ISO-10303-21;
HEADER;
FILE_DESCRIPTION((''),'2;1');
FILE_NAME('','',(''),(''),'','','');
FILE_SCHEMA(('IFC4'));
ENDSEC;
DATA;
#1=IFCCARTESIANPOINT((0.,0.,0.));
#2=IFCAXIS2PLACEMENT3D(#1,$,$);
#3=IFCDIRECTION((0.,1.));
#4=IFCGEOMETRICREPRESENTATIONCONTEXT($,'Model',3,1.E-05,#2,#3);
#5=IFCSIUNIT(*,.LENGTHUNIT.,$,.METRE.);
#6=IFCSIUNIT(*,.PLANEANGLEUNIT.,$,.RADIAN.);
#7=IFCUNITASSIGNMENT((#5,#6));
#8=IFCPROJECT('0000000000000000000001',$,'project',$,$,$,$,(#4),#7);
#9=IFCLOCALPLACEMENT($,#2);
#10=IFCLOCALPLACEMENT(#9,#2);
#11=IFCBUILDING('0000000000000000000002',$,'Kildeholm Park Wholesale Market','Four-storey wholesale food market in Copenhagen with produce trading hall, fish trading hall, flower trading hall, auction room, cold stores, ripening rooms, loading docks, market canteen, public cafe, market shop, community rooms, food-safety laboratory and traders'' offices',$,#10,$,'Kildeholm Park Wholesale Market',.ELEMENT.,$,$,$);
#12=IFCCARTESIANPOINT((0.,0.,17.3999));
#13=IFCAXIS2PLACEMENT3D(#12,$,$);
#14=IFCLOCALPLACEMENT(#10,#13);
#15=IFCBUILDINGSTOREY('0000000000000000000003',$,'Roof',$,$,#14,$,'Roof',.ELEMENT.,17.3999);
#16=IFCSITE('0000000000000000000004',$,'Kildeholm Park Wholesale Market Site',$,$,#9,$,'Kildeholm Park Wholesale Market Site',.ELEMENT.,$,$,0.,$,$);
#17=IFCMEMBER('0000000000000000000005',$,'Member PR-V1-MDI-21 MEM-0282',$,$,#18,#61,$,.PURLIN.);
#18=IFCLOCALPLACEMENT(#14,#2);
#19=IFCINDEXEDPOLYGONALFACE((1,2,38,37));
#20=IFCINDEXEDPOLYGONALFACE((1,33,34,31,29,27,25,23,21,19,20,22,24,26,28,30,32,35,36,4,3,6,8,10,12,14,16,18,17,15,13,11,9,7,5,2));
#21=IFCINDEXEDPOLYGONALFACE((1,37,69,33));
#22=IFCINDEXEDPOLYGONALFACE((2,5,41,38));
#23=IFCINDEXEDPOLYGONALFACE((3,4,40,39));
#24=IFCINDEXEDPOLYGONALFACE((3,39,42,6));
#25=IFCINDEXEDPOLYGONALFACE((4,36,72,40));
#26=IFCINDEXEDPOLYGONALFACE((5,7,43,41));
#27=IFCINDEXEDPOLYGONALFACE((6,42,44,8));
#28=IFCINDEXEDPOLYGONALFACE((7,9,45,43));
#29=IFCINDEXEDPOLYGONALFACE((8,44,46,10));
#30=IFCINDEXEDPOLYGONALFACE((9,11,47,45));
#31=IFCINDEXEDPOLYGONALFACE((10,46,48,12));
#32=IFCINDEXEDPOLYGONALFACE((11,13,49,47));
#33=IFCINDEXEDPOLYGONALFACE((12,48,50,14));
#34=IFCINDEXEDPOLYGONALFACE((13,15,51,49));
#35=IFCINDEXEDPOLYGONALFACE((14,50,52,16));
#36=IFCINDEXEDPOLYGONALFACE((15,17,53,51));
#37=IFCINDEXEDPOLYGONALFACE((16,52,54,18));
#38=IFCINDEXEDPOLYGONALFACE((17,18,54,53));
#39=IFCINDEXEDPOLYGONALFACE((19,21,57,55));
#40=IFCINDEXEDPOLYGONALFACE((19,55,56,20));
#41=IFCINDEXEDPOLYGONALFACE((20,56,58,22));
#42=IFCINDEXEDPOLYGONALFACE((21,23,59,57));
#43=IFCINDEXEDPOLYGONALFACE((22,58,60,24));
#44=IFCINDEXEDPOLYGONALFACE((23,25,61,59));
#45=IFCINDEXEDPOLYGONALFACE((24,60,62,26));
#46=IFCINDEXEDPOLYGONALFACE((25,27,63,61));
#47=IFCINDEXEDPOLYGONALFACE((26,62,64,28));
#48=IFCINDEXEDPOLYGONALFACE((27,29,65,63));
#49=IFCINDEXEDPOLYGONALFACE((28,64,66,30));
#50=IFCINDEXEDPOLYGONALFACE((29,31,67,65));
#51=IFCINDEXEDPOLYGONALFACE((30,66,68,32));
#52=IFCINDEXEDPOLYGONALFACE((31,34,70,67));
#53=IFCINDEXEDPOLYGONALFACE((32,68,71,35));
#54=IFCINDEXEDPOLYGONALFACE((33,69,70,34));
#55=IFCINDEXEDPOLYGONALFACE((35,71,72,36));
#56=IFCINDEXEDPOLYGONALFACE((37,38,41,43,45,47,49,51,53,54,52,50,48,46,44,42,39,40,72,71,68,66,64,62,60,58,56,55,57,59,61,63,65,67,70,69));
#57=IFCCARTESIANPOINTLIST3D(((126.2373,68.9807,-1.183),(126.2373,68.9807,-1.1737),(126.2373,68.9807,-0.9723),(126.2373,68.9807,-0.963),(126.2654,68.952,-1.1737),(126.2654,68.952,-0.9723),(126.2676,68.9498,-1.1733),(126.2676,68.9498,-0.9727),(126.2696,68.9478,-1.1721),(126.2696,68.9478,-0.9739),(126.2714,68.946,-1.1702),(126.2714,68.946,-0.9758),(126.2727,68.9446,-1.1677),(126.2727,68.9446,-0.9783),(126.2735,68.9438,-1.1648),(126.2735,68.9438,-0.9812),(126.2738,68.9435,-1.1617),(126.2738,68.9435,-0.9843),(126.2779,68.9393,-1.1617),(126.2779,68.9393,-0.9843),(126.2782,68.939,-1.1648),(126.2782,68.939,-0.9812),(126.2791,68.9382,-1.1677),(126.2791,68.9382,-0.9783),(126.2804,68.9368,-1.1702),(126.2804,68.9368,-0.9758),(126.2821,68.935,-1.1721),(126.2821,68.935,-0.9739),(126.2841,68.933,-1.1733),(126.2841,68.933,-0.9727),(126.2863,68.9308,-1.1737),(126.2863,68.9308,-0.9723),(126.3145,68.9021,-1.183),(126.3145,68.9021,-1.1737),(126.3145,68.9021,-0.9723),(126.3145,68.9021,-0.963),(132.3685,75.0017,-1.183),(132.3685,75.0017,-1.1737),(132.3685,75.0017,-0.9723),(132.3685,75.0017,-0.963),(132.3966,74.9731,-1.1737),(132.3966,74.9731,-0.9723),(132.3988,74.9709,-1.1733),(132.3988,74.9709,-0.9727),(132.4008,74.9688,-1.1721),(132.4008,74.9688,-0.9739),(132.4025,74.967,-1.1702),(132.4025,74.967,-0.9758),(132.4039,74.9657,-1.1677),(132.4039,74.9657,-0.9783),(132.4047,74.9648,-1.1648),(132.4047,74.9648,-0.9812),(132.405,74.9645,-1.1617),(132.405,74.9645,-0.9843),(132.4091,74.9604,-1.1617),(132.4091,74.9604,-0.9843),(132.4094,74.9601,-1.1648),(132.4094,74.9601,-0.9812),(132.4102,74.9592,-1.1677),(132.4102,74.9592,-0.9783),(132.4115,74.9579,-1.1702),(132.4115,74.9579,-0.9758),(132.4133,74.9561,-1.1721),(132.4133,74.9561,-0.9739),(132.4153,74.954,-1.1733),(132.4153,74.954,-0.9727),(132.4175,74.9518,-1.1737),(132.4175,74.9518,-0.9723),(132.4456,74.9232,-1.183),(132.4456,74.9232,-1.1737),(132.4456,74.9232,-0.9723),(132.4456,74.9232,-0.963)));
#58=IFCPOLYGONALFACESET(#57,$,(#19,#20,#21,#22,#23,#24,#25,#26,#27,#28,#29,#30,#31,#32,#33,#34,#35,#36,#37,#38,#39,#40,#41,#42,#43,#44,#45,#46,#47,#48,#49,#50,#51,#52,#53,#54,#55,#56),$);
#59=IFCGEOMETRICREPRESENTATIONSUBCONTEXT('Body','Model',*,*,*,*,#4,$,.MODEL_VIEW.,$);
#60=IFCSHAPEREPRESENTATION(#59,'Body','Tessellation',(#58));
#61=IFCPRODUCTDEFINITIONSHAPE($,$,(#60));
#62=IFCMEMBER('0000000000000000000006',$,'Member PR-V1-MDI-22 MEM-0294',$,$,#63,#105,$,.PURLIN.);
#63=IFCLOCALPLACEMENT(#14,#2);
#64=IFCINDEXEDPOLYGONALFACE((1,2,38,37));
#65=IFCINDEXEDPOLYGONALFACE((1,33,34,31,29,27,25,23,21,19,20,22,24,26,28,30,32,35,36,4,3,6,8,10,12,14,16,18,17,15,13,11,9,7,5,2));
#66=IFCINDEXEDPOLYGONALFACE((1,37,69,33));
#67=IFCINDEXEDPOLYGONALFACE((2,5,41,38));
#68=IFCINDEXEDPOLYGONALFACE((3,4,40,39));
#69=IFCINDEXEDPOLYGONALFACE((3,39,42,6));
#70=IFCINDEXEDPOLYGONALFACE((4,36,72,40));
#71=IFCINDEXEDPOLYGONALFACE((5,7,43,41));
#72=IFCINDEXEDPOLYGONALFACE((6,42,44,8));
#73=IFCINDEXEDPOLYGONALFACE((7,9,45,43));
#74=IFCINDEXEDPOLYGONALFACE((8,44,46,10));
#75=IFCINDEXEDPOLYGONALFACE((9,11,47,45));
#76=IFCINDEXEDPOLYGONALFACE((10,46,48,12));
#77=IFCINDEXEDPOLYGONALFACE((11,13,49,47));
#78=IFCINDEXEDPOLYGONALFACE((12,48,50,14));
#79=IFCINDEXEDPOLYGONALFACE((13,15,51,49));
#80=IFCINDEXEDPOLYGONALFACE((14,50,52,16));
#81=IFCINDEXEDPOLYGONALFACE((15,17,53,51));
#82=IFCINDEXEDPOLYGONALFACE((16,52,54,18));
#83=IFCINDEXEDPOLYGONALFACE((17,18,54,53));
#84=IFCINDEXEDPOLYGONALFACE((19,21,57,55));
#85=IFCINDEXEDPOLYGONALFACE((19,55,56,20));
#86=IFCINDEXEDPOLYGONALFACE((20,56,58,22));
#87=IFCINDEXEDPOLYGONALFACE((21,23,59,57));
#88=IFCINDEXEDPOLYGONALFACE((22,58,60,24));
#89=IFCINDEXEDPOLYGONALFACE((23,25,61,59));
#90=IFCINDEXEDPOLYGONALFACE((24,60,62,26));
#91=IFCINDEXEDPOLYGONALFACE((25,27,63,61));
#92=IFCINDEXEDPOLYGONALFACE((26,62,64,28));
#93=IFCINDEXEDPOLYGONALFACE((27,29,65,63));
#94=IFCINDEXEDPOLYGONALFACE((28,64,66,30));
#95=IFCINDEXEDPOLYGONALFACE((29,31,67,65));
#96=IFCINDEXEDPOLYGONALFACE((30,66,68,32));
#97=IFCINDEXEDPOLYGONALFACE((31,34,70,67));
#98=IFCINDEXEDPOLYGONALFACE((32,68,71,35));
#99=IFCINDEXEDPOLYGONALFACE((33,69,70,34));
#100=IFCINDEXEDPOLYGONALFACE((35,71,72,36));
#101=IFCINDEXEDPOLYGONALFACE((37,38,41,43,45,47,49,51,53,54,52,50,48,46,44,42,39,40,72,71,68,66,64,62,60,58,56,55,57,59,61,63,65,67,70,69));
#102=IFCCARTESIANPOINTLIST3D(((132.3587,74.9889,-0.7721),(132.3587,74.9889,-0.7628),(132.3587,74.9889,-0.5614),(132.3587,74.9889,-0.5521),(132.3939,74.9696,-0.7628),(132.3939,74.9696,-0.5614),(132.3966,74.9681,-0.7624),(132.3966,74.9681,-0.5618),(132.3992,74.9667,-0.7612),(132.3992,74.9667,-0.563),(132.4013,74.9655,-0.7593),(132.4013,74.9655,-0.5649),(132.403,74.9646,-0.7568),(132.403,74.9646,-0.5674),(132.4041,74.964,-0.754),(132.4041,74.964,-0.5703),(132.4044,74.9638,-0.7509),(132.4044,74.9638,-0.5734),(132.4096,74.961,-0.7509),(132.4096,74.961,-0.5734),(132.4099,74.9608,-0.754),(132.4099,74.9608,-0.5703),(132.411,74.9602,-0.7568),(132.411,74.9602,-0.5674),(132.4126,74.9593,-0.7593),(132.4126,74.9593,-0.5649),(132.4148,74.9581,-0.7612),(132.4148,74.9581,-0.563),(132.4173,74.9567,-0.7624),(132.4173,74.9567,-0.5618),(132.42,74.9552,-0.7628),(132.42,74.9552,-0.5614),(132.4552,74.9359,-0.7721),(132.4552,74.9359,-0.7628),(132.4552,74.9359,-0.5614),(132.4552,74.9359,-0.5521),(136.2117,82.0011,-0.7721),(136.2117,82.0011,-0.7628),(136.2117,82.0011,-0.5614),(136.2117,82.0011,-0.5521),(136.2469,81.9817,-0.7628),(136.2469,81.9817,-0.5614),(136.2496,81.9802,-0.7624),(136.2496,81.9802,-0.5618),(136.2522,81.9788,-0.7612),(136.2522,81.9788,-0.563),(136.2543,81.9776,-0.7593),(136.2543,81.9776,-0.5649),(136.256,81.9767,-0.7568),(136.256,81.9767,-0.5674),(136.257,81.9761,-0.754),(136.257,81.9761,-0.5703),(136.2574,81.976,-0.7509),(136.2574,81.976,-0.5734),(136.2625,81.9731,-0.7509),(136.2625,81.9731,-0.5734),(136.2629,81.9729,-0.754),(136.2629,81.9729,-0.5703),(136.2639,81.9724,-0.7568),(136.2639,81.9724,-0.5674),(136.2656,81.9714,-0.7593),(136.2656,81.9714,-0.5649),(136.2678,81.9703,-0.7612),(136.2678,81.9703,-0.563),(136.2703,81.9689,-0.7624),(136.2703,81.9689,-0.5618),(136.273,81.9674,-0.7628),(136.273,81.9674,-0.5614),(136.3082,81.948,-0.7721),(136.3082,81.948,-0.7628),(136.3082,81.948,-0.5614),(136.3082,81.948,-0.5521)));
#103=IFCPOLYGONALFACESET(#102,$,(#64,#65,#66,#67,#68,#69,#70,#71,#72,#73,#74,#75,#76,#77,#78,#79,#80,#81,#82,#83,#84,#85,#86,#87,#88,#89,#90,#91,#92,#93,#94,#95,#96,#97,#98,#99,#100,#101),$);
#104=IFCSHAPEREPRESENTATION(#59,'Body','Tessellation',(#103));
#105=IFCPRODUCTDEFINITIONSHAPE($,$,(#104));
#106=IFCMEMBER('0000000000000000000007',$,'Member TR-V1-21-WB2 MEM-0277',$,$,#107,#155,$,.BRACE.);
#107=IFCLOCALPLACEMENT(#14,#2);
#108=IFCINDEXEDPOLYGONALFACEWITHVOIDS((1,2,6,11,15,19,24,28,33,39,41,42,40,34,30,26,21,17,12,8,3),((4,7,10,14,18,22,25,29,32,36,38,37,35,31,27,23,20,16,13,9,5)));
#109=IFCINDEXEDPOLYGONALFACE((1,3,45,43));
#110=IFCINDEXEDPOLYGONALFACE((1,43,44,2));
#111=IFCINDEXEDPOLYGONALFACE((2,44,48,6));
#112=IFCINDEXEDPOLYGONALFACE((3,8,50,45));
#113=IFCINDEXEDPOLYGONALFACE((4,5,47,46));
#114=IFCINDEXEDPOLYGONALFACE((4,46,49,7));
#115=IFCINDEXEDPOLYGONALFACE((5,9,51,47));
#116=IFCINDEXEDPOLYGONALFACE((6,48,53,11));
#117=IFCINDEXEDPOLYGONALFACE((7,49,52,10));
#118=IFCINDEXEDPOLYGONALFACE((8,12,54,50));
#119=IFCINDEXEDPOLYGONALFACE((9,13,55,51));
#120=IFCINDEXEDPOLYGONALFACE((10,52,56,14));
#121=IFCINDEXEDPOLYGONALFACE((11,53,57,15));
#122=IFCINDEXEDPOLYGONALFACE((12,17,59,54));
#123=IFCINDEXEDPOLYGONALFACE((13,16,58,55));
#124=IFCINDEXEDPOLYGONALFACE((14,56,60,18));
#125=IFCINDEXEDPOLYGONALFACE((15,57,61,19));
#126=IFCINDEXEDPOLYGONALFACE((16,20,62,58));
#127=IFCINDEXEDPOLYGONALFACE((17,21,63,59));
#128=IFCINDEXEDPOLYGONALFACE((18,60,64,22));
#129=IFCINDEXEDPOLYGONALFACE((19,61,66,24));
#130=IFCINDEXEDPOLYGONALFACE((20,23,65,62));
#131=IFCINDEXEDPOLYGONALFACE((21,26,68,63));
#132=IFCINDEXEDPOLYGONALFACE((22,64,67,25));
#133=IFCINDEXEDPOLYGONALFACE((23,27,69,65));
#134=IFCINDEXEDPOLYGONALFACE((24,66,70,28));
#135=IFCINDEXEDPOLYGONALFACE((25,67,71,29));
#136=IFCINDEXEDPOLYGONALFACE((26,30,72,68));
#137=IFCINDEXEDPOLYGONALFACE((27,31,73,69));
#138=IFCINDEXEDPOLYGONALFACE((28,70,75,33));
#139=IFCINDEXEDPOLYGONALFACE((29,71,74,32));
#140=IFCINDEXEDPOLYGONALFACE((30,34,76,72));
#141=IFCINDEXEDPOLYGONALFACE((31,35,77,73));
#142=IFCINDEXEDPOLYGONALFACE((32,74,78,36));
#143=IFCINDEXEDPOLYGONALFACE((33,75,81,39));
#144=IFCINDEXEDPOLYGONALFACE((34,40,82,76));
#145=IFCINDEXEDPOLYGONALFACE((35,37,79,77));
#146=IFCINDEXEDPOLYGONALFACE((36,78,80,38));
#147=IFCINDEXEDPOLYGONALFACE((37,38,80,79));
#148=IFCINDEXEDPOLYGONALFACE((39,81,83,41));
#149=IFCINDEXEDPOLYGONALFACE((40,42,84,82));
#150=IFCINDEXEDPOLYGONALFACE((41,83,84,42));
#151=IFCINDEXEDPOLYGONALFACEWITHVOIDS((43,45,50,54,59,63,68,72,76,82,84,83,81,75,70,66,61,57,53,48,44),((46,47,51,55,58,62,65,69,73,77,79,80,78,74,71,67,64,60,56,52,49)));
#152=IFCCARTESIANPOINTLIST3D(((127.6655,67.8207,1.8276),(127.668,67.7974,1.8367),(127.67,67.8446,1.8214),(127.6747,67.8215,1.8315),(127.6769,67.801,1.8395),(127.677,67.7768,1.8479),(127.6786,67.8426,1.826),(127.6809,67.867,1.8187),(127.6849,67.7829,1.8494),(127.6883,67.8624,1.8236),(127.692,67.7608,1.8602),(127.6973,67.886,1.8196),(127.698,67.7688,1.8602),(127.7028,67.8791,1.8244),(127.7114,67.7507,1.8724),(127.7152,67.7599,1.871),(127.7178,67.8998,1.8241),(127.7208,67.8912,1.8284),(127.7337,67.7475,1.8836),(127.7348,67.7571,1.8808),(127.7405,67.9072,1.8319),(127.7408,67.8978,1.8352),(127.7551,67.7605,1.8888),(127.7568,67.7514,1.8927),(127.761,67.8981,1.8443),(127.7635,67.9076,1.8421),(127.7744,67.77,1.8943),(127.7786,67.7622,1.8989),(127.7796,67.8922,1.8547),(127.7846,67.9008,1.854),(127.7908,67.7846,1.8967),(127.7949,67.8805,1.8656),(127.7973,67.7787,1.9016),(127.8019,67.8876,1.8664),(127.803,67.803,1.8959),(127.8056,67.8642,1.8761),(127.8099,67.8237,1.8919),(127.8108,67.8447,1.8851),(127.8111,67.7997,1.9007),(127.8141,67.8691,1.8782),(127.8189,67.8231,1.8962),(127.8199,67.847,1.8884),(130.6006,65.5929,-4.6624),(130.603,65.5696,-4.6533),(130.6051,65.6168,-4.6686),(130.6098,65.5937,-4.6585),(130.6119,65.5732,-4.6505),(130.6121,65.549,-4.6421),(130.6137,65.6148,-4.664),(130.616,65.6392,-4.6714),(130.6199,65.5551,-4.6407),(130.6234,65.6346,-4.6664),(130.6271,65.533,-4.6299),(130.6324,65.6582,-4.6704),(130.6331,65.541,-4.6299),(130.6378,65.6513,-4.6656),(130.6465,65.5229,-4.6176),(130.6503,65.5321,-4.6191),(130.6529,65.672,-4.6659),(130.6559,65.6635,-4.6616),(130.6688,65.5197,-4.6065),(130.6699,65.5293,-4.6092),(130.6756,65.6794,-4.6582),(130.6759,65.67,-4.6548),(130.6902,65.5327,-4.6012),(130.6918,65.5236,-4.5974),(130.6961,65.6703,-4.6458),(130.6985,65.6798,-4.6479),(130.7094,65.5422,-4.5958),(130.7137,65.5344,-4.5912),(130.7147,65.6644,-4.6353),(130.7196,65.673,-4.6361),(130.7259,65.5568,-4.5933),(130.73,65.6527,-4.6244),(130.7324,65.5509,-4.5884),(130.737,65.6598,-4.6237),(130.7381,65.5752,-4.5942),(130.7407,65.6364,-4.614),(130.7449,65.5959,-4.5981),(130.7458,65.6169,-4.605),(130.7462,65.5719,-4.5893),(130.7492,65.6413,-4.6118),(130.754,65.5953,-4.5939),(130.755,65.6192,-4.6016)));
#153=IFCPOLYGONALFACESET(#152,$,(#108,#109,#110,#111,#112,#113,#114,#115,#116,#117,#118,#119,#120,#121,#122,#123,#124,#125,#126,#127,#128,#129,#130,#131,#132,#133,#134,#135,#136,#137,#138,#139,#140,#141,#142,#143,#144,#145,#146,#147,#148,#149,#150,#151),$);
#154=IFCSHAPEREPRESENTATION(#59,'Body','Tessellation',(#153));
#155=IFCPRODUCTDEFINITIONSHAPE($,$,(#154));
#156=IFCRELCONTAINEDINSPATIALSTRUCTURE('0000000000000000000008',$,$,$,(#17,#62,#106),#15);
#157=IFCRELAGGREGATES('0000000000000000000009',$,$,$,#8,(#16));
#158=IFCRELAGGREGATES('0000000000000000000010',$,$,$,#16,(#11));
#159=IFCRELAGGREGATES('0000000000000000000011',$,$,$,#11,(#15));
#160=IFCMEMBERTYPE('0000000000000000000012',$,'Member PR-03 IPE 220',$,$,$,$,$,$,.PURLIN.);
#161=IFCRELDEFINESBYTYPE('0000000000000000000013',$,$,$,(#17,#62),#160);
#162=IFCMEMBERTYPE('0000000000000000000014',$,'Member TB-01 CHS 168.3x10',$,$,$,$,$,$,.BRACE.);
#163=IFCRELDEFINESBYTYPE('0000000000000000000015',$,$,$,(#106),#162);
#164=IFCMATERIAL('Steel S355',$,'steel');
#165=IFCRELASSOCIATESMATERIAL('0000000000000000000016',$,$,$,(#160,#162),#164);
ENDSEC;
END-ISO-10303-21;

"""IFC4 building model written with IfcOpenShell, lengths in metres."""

from ifc_helpers import new_model, si_unit, direction, frame, origin, origin_2d, place, context, subcontext, project, spatial, hollow_circle, i_section, extrude, material, material_profile, profile_set, type_object, element, save


model = new_model("IFC4")

# Units and contexts
model_context = context("Model", 3, precision=1e-05, world=origin(), true_north=direction((0.0, 1.0)))
body_context = subcontext(model_context, "Body", "Model", "MODEL_VIEW")
ifc_project = project(units=[si_unit("LENGTHUNIT", "METRE"), si_unit("PLANEANGLEUNIT", "RADIAN")], contexts=[model_context])

# Site, building, storey
site_placement = place(None, origin())
site = spatial("IfcSite", under=ifc_project, at=site_placement, Name="Kildeholm Park Wholesale Market Site", LongName="Kildeholm Park Wholesale Market Site", CompositionType="ELEMENT", RefElevation=0.0)
building_placement = place(site_placement, origin())
building = spatial("IfcBuilding", under=site, at=building_placement, Name="Kildeholm Park Wholesale Market", Description="Four-storey wholesale food market in Copenhagen with produce trading hall, fish trading hall, flower trading hall, auction room, cold stores, ripening rooms, loading docks, market canteen, public cafe, market shop, community rooms, food-safety laboratory and traders' offices", LongName="Kildeholm Park Wholesale Market", CompositionType="ELEMENT")
storey_placement = place(building_placement, frame((0.0, 0.0, 17.3999)))
storey = spatial("IfcBuildingStorey", under=building, at=storey_placement, Name="Roof", LongName="Roof", CompositionType="ELEMENT", Elevation=17.3999)

# Members
ifc_material_1 = material(Name="Steel S355", Category="steel")
ifc_material_profile_1 = material_profile(ifc_material_1, i_section(OverallWidth=0.1101, OverallDepth=0.22, WebThickness=0.0059, FlangeThickness=0.0093, FilletRadius=0.012, at=origin_2d()), Name="IPE 220")
ifc_profile_set_1 = profile_set([ifc_material_profile_1], Name="Steel S355")
member_type_1 = type_object("IfcMemberType", Name="Member PR-03 IPE 220", PredefinedType="PURLIN", material=ifc_profile_set_1)
member_1_placement = place(storey_placement, frame((126.2759, 68.9414, -1.073), z_axis=(0.713484, 0.700671, 0.0), x_axis=(-0.700671, 0.713484, 0.0)))
element("IfcMember", 1, at=member_1_placement, inside=storey, type_object=member_type_1, Name="Member PR-V1-MDI-21 MEM-0282", PredefinedType="PURLIN", context=body_context, shape_type="SweptSolid", body=[
    extrude(i_section(OverallWidth=0.1101, OverallDepth=0.22, WebThickness=0.0059, FlangeThickness=0.0093, FilletRadius=0.012, at=origin_2d()), origin(), (0.0, 0.0, 1.0), 8.5933),
])
member_2_placement = place(storey_placement, frame((132.407, 74.9624, -0.6621), z_axis=(0.481565, 0.87641, 0.0), x_axis=(-0.87641, 0.481565, 0.0)))
element("IfcMember", 2, at=member_2_placement, inside=storey, type_object=member_type_1, Name="Member PR-V1-MDI-22 MEM-0294", PredefinedType="PURLIN", context=body_context, shape_type="SweptSolid", body=[
    extrude(i_section(OverallWidth=0.1101, OverallDepth=0.22, WebThickness=0.0059, FlangeThickness=0.0093, FilletRadius=0.012, at=origin_2d()), origin(), (0.0, 0.0, 1.0), 8.001),
])
ifc_material_profile_2 = material_profile(ifc_material_1, hollow_circle(Radius=0.0842, WallThickness=0.01, at=origin_2d()), Name="CHS 168.3x10")
ifc_profile_set_2 = profile_set([ifc_material_profile_2], Name="Steel S355")
member_type_2 = type_object("IfcMemberType", Name="Member TB-01 CHS 168.3x10", PredefinedType="BRACE", material=ifc_profile_set_2)
member_3_placement = place(storey_placement, frame((130.678, 65.6001, -4.6299), z_axis=(-0.393277, 0.298507, 0.869613), x_axis=(-0.604591, -0.796536, 0.0)))
element("IfcMember", 3, at=member_3_placement, inside=storey, type_object=member_type_2, Name="Member TR-V1-21-WB2 MEM-0277", PredefinedType="BRACE", context=body_context, shape_type="SweptSolid", body=[
    extrude(hollow_circle(Radius=0.0842, WallThickness=0.01, at=origin_2d()), origin(), (0.0, 0.0, 1.0), 7.4631),
])

save(model, "model.ifc")
